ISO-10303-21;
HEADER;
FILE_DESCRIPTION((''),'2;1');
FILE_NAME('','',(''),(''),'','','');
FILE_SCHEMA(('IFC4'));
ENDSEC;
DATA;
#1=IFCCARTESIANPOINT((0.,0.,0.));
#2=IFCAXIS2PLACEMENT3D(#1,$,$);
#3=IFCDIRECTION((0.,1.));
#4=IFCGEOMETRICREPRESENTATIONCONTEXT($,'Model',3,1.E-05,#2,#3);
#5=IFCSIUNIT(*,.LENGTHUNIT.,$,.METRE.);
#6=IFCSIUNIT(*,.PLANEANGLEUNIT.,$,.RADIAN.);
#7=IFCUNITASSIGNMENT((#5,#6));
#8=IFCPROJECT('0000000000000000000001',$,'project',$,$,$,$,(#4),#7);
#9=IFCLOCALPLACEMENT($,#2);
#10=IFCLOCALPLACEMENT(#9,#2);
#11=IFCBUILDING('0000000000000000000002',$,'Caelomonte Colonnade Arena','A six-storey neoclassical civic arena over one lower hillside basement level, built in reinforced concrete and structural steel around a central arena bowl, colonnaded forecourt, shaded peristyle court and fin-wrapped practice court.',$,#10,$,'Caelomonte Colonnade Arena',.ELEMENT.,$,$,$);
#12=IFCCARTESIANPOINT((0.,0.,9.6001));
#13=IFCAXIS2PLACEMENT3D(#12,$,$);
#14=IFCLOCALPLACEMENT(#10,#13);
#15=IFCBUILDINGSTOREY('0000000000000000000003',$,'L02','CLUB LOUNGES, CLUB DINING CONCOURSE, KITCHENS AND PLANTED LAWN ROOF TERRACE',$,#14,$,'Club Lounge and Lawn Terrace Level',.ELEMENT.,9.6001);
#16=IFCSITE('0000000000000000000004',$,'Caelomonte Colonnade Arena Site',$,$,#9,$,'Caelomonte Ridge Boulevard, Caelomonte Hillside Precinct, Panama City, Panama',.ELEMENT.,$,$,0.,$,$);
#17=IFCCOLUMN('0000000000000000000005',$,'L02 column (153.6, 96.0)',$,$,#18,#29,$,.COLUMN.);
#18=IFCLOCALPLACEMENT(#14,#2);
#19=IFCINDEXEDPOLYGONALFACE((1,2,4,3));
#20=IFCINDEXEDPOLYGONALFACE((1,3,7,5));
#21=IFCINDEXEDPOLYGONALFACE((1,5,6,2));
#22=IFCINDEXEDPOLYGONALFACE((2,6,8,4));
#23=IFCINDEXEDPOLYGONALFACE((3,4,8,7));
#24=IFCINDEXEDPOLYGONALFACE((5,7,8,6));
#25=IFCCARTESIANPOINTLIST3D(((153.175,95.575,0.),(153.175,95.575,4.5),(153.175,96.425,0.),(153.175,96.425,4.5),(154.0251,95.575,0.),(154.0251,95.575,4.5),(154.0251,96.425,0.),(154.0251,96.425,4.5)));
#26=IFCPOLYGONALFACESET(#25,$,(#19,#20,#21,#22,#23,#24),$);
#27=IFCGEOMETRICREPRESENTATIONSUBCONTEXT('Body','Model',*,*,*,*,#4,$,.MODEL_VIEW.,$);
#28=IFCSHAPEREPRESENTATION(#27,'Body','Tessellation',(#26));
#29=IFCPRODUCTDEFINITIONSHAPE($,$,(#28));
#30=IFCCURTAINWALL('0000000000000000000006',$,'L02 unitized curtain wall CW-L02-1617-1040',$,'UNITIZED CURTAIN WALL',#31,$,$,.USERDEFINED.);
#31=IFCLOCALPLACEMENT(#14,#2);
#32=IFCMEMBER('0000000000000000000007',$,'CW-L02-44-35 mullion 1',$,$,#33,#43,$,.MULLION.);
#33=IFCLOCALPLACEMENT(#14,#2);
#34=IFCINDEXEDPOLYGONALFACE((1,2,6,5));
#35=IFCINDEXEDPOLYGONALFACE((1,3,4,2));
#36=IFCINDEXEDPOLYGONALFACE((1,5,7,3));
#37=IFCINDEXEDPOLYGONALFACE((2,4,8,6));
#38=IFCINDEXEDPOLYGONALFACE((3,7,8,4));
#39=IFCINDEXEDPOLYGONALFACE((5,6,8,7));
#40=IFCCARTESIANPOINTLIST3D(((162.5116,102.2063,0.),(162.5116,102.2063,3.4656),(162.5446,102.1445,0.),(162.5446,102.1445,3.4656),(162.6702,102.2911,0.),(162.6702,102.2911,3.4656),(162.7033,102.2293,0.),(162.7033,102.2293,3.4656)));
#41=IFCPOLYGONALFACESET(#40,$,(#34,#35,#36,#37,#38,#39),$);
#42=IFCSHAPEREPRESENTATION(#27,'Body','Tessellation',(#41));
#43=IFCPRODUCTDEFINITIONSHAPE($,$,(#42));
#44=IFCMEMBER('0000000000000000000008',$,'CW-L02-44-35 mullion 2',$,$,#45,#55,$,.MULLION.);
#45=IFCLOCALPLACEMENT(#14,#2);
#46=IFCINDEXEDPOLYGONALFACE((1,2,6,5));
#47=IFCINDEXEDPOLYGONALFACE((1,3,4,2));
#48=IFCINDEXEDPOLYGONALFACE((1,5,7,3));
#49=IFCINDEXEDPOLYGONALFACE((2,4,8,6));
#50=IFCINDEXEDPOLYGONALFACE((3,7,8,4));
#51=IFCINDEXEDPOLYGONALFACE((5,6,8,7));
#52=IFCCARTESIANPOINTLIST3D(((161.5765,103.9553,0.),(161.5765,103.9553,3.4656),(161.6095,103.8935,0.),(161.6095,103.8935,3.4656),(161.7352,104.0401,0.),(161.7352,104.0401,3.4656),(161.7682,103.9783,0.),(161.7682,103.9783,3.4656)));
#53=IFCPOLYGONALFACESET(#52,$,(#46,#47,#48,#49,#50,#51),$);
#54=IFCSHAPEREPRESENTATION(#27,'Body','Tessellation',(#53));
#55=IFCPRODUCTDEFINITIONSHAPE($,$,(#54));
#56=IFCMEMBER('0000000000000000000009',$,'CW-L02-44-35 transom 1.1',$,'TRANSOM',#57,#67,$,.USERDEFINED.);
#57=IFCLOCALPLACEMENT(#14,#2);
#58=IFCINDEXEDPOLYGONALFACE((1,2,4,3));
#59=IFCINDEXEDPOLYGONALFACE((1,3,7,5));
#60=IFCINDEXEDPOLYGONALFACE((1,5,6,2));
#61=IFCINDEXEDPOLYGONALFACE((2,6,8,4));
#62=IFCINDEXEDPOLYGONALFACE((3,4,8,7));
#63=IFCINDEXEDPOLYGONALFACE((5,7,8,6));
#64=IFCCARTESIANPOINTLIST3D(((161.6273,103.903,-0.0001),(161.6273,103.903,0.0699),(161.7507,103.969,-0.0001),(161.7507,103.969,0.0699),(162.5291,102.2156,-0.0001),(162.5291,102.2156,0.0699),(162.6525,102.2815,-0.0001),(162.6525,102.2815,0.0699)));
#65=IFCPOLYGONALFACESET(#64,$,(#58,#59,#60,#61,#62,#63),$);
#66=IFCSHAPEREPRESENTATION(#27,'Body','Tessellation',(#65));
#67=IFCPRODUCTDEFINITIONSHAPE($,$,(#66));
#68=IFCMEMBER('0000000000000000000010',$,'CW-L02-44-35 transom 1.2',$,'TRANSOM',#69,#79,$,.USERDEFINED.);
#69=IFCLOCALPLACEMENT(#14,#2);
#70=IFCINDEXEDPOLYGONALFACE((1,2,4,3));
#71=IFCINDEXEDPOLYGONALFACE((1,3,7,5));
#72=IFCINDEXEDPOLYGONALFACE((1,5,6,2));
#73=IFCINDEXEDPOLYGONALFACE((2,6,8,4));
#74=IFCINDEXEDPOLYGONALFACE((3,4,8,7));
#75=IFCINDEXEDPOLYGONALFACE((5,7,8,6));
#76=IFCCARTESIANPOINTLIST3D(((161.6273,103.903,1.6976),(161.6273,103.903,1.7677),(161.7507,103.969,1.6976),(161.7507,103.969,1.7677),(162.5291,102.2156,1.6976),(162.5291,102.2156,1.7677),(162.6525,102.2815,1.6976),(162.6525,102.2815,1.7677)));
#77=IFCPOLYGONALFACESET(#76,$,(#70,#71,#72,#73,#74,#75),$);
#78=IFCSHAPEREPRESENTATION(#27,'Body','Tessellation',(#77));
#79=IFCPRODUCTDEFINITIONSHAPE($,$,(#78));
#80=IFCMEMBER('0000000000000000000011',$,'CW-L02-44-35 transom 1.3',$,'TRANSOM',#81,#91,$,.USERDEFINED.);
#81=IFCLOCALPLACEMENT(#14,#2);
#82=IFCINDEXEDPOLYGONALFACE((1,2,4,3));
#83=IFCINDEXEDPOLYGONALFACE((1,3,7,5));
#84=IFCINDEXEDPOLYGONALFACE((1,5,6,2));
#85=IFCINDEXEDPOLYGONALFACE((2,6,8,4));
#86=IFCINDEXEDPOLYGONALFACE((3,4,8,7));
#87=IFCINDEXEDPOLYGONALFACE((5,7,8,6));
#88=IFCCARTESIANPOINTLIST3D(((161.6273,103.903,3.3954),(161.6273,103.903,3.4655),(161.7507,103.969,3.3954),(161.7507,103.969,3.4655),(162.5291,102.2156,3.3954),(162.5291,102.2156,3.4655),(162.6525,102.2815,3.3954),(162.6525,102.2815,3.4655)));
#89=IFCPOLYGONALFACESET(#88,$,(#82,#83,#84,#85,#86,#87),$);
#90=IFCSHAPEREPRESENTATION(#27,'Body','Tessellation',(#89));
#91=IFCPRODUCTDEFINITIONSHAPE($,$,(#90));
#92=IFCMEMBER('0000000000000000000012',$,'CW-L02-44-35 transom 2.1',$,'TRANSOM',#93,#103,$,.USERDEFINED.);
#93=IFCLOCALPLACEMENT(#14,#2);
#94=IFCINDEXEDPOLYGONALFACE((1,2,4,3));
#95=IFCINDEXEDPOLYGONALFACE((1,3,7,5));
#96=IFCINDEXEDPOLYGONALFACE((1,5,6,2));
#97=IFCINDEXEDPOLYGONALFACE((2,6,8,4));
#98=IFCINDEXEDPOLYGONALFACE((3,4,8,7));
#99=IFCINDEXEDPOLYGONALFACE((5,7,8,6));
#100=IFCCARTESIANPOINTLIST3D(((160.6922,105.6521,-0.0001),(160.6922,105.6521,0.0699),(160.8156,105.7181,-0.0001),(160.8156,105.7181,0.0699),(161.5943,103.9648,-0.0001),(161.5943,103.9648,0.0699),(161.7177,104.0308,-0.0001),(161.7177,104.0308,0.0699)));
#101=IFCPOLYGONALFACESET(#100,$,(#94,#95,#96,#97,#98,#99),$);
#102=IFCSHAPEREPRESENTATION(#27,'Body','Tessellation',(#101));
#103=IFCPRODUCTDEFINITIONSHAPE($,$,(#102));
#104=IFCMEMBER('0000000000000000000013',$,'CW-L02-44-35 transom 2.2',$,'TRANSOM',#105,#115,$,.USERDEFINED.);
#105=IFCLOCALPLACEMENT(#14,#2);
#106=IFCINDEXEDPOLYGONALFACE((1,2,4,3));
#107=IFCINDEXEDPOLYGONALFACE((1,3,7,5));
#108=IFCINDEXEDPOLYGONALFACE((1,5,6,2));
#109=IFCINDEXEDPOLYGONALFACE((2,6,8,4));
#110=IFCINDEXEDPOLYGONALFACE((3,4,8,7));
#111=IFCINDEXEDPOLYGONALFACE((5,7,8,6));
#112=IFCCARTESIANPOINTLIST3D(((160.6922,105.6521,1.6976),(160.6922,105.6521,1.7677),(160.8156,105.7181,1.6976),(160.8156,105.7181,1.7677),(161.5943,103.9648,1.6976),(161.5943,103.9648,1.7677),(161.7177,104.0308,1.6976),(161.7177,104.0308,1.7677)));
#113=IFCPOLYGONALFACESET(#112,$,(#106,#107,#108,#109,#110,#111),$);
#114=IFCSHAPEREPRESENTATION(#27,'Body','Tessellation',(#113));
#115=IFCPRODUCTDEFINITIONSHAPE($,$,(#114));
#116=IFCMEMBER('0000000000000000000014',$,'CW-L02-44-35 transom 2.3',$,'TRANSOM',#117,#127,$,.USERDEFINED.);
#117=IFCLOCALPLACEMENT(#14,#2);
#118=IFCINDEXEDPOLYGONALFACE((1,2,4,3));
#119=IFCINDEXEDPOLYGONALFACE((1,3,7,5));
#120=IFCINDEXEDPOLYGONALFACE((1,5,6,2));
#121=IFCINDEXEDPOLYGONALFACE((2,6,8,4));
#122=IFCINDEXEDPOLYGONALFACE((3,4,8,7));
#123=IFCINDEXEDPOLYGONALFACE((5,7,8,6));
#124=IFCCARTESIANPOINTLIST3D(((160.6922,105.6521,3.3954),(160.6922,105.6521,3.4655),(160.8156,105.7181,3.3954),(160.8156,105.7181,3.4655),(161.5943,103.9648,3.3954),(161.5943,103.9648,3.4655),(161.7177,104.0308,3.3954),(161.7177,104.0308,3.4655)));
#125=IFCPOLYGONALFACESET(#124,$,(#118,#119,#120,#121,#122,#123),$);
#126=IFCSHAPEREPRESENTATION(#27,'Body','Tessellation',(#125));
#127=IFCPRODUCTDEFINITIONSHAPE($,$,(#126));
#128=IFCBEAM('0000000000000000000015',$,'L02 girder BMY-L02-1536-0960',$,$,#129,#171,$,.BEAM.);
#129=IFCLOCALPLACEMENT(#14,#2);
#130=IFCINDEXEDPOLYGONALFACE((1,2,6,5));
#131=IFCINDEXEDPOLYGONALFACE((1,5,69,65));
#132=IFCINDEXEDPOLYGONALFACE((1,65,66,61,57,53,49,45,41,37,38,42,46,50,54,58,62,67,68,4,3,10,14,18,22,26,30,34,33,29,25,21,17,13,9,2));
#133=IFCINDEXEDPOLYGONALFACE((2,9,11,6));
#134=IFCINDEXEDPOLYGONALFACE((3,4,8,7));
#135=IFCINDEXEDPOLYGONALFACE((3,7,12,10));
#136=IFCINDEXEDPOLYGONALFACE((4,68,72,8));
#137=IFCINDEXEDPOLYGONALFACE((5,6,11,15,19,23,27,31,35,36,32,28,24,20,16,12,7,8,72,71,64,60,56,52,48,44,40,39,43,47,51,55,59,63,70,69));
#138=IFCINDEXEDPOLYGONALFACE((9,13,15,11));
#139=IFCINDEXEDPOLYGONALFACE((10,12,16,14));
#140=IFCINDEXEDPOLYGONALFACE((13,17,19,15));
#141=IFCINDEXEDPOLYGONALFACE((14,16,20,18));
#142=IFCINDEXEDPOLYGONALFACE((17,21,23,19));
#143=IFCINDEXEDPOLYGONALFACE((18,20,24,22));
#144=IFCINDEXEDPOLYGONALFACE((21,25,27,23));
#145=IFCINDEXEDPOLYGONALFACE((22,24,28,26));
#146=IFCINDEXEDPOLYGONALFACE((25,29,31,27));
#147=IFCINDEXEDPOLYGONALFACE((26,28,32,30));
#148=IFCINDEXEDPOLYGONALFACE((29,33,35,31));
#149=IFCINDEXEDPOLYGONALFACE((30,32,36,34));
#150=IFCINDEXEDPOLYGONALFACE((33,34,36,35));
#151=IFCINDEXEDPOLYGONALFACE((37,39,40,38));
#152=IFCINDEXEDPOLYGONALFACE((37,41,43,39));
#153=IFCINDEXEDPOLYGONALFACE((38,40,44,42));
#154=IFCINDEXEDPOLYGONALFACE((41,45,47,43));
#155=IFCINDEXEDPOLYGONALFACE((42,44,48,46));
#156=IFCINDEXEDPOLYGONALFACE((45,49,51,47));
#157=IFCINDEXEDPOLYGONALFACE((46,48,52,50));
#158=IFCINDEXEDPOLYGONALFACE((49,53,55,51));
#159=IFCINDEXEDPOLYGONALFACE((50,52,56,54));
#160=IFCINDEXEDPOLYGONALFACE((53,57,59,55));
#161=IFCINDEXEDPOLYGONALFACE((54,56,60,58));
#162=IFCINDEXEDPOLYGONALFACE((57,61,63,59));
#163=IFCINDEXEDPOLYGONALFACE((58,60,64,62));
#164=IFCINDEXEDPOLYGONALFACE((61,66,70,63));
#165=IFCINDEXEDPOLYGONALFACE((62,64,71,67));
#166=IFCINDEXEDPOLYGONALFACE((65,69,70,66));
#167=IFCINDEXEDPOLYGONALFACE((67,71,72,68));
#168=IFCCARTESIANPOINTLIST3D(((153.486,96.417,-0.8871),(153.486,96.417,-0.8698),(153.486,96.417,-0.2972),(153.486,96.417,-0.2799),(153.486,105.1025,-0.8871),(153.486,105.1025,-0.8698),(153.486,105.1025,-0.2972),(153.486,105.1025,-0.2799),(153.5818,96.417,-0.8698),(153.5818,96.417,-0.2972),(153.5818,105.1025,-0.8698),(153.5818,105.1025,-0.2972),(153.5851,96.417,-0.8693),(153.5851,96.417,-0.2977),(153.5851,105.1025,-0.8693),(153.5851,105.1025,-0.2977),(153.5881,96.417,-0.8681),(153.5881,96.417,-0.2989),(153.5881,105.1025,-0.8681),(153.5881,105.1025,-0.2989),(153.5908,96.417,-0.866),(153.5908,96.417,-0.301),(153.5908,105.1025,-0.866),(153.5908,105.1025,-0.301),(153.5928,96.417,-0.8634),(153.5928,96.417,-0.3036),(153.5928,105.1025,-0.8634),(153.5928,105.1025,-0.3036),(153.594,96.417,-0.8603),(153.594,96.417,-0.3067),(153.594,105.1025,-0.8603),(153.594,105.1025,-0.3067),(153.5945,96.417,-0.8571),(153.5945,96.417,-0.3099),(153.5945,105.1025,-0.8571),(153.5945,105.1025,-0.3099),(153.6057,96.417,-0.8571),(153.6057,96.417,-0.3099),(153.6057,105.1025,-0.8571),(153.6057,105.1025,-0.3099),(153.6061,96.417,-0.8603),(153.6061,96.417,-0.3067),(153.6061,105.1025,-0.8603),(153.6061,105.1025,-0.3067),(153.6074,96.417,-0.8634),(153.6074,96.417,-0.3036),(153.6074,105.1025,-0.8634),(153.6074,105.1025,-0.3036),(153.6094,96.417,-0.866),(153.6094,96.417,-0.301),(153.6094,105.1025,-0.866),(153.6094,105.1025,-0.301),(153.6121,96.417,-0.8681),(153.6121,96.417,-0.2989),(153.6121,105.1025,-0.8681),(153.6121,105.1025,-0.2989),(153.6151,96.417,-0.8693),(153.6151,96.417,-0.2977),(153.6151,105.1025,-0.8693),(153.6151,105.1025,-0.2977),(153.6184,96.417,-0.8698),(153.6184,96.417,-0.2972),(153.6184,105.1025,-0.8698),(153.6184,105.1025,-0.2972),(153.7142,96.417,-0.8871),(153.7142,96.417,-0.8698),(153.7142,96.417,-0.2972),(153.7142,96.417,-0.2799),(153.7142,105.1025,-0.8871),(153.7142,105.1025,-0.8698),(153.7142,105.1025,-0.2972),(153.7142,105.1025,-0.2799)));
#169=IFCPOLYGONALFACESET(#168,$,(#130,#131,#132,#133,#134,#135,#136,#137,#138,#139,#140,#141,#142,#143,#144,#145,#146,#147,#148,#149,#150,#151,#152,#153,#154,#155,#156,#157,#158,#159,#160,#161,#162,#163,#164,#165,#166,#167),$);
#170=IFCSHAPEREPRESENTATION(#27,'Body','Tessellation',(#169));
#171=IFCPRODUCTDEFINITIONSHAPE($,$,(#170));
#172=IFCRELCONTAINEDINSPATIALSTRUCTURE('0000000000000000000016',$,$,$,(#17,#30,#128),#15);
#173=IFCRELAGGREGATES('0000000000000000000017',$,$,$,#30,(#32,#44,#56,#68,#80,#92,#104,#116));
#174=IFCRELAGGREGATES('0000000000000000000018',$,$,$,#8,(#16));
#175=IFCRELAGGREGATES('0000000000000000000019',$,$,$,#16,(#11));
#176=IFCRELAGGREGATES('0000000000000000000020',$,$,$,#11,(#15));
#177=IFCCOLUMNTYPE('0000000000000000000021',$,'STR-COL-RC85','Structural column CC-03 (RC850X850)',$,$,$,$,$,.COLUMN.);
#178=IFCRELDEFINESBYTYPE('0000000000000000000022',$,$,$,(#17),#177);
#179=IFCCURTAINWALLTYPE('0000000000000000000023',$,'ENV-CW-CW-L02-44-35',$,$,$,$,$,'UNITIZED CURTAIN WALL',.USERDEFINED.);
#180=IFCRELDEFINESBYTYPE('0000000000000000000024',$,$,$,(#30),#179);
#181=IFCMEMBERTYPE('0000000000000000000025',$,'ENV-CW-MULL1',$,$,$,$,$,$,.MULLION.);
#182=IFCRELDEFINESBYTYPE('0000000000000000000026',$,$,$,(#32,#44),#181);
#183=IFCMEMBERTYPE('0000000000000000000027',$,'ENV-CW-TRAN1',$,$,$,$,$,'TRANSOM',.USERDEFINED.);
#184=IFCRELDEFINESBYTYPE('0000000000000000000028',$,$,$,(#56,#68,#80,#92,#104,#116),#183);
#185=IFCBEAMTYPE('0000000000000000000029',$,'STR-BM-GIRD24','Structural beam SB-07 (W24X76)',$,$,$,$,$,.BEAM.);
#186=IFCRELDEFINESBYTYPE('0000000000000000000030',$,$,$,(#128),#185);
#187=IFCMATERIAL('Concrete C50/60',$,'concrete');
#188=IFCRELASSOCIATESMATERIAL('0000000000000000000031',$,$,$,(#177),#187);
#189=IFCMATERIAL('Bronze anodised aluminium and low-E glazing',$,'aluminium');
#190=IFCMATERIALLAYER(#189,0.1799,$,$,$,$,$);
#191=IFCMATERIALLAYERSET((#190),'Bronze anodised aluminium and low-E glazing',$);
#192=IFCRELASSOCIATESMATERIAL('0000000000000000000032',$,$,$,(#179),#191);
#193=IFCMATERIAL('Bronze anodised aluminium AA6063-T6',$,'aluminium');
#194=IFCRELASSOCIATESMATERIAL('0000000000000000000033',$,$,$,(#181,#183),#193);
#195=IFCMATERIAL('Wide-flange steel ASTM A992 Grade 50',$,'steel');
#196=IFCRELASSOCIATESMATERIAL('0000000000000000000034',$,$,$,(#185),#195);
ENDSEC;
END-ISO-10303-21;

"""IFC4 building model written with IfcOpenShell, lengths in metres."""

from ifc_helpers import new_model, si_unit, direction, frame, origin, origin_2d, place, context, subcontext, project, spatial, rectangle, i_section, extrude, material, layer, layer_set, material_profile, profile_set, type_object, element, aggregate, save


model = new_model("IFC4")

# Units and contexts
model_context = context("Model", 3, precision=1e-05, world=origin(), true_north=direction((0.0, 1.0)))
body_context = subcontext(model_context, "Body", "Model", "MODEL_VIEW")
ifc_project = project(units=[si_unit("LENGTHUNIT", "METRE"), si_unit("PLANEANGLEUNIT", "RADIAN")], contexts=[model_context])

# Site, building, storey
site_placement = place(None, origin())
site = spatial("IfcSite", under=ifc_project, at=site_placement, Name="Caelomonte Colonnade Arena Site", LongName="Caelomonte Ridge Boulevard, Caelomonte Hillside Precinct, Panama City, Panama", CompositionType="ELEMENT", RefElevation=0.0)
building_placement = place(site_placement, origin())
building = spatial("IfcBuilding", under=site, at=building_placement, Name="Caelomonte Colonnade Arena", Description="A six-storey neoclassical civic arena over one lower hillside basement level, built in reinforced concrete and structural steel around a central arena bowl, colonnaded forecourt, shaded peristyle court and fin-wrapped practice court.", LongName="Caelomonte Colonnade Arena", CompositionType="ELEMENT")
storey_placement = place(building_placement, frame((0.0, 0.0, 9.6001)))
storey = spatial("IfcBuildingStorey", under=building, at=storey_placement, Name="L02", Description="CLUB LOUNGES, CLUB DINING CONCOURSE, KITCHENS AND PLANTED LAWN ROOF TERRACE", LongName="Club Lounge and Lawn Terrace Level", CompositionType="ELEMENT", Elevation=9.6001)

# Column
ifc_material_1 = material(Name="Concrete C50/60", Category="concrete")
ifc_material_profile_1 = material_profile(ifc_material_1, rectangle(XDim=0.8501, YDim=0.8501, at=origin_2d()), Name="RC850X850")
ifc_profile_set_1 = profile_set([ifc_material_profile_1], Name="Concrete C50/60")
column_type = type_object("IfcColumnType", Name="STR-COL-RC85", Description="Structural column CC-03 (RC850X850)", PredefinedType="COLUMN", material=ifc_profile_set_1)
column_placement = place(storey_placement, frame((153.6001, 96.0, 0.0), z_axis=(0.0, 0.0, 1.0), x_axis=(1.0, 0.0, 0.0)))
element("IfcColumn", 1, at=column_placement, inside=storey, type_object=column_type, Name="L02 column (153.6, 96.0)", PredefinedType="COLUMN", context=body_context, shape_type="SweptSolid", body=[
    extrude(rectangle(XDim=0.8501, YDim=0.8501, at=origin_2d()), origin(), (0.0, 0.0, 1.0), 4.5),
])

# Curtain wall, members
ifc_material_2 = material(Name="Bronze anodised aluminium and low-E glazing", Category="aluminium")
ifc_layer_1 = layer(ifc_material_2, 0.1799)
ifc_layer_set_1 = layer_set([ifc_layer_1], Name="Bronze anodised aluminium and low-E glazing")
curtain_wall_type = type_object("IfcCurtainWallType", Name="ENV-CW-CW-L02-44-35", ElementType="UNITIZED CURTAIN WALL", PredefinedType="USERDEFINED", material=ifc_layer_set_1)
curtain_wall_placement = place(storey_placement, origin())
curtain_wall = element("IfcCurtainWall", 2, at=curtain_wall_placement, inside=storey, type_object=curtain_wall_type, Name="L02 unitized curtain wall CW-L02-1617-1040", ObjectType="UNITIZED CURTAIN WALL", PredefinedType="USERDEFINED")
ifc_material_3 = material(Name="Bronze anodised aluminium AA6063-T6", Category="aluminium")
ifc_material_profile_2 = material_profile(ifc_material_3, rectangle(XDim=0.0701, YDim=0.1799, at=origin_2d()), Name="CWM-70X180")
ifc_profile_set_2 = profile_set([ifc_material_profile_2], Name="Bronze anodised aluminium AA6063-T6")
member_type_1 = type_object("IfcMemberType", Name="ENV-CW-MULL1", PredefinedType="MULLION", material=ifc_profile_set_2)
member_1_placement = place(storey_placement, frame((162.6074, 102.2178, 0.0), z_axis=(0.0, 0.0, 1.0), x_axis=(-0.471394, 0.881923, 0.0)))
member_1 = element("IfcMember", 3, at=member_1_placement, type_object=member_type_1, Name="CW-L02-44-35 mullion 1", PredefinedType="MULLION", context=body_context, shape_type="SweptSolid", body=[
    extrude(rectangle(XDim=0.0701, YDim=0.1799, at=origin_2d()), origin(), (0.0, 0.0, 1.0), 3.4656),
])
member_2_placement = place(storey_placement, frame((161.6724, 103.9668, 0.0), z_axis=(0.0, 0.0, 1.0), x_axis=(-0.471394, 0.881923, 0.0)))
member_2 = element("IfcMember", 4, at=member_2_placement, type_object=member_type_1, Name="CW-L02-44-35 mullion 2", PredefinedType="MULLION", context=body_context, shape_type="SweptSolid", body=[
    extrude(rectangle(XDim=0.0701, YDim=0.1799, at=origin_2d()), origin(), (0.0, 0.0, 1.0), 3.4656),
])
ifc_material_profile_3 = material_profile(ifc_material_3, rectangle(XDim=0.0701, YDim=0.1399, at=origin_2d()), Name="CWT-70X140")
ifc_profile_set_3 = profile_set([ifc_material_profile_3], Name="Bronze anodised aluminium AA6063-T6")
member_type_2 = type_object("IfcMemberType", Name="ENV-CW-TRAN1", ElementType="TRANSOM", PredefinedType="USERDEFINED", material=ifc_profile_set_3)
member_3_placement = place(storey_placement, frame((162.5908, 102.2485, 0.0349), z_axis=(-0.471343, 0.88195, 0.0), x_axis=(0.0, 0.0, 1.0)))
member_3 = element("IfcMember", 5, at=member_3_placement, type_object=member_type_2, Name="CW-L02-44-35 transom 1.1", ObjectType="TRANSOM", PredefinedType="USERDEFINED", context=body_context, shape_type="SweptSolid", body=[
    extrude(rectangle(XDim=0.0701, YDim=0.1399, at=origin_2d()), origin(), (0.0, 0.0, 1.0), 1.9133),
])
member_4_placement = place(storey_placement, frame((162.5908, 102.2485, 1.7327), z_axis=(-0.471343, 0.88195, 0.0), x_axis=(0.0, 0.0, 1.0)))
member_4 = element("IfcMember", 6, at=member_4_placement, type_object=member_type_2, Name="CW-L02-44-35 transom 1.2", ObjectType="TRANSOM", PredefinedType="USERDEFINED", context=body_context, shape_type="SweptSolid", body=[
    extrude(rectangle(XDim=0.0701, YDim=0.1399, at=origin_2d()), origin(), (0.0, 0.0, 1.0), 1.9133),
])
member_5_placement = place(storey_placement, frame((162.5908, 102.2485, 3.4304), z_axis=(-0.471343, 0.88195, 0.0), x_axis=(0.0, 0.0, 1.0)))
member_5 = element("IfcMember", 7, at=member_5_placement, type_object=member_type_2, Name="CW-L02-44-35 transom 1.3", ObjectType="TRANSOM", PredefinedType="USERDEFINED", context=body_context, shape_type="SweptSolid", body=[
    extrude(rectangle(XDim=0.0701, YDim=0.1399, at=origin_2d()), origin(), (0.0, 0.0, 1.0), 1.9133),
])
member_6_placement = place(storey_placement, frame((161.656, 103.9978, 0.0349), z_axis=(-0.471495, 0.881869, 0.0), x_axis=(0.0, 0.0, 1.0)))
member_6 = element("IfcMember", 8, at=member_6_placement, type_object=member_type_2, Name="CW-L02-44-35 transom 2.1", ObjectType="TRANSOM", PredefinedType="USERDEFINED", context=body_context, shape_type="SweptSolid", body=[
    extrude(rectangle(XDim=0.0701, YDim=0.1399, at=origin_2d()), origin(), (0.0, 0.0, 1.0), 1.9133),
])
member_7_placement = place(storey_placement, frame((161.656, 103.9978, 1.7327), z_axis=(-0.471495, 0.881869, 0.0), x_axis=(0.0, 0.0, 1.0)))
member_7 = element("IfcMember", 9, at=member_7_placement, type_object=member_type_2, Name="CW-L02-44-35 transom 2.2", ObjectType="TRANSOM", PredefinedType="USERDEFINED", context=body_context, shape_type="SweptSolid", body=[
    extrude(rectangle(XDim=0.0701, YDim=0.1399, at=origin_2d()), origin(), (0.0, 0.0, 1.0), 1.9133),
])
member_8_placement = place(storey_placement, frame((161.656, 103.9978, 3.4304), z_axis=(-0.471495, 0.881869, 0.0), x_axis=(0.0, 0.0, 1.0)))
member_8 = element("IfcMember", 10, at=member_8_placement, type_object=member_type_2, Name="CW-L02-44-35 transom 2.3", ObjectType="TRANSOM", PredefinedType="USERDEFINED", context=body_context, shape_type="SweptSolid", body=[
    extrude(rectangle(XDim=0.0701, YDim=0.1399, at=origin_2d()), origin(), (0.0, 0.0, 1.0), 1.9133),
])

# Beam
ifc_material_4 = material(Name="Wide-flange steel ASTM A992 Grade 50", Category="steel")
ifc_material_profile_4 = material_profile(ifc_material_4, i_section(OverallWidth=0.2283, OverallDepth=0.6072, WebThickness=0.0112, FlangeThickness=0.0173, FilletRadius=0.0127, at=origin_2d()), Name="W24X76")
ifc_profile_set_4 = profile_set([ifc_material_profile_4], Name="Wide-flange steel ASTM A992 Grade 50")
beam_type_1 = type_object("IfcBeamType", Name="STR-BM-GIRD24", Description="Structural beam SB-07 (W24X76)", PredefinedType="BEAM", material=ifc_profile_set_4)
beam_1_placement = place(storey_placement, frame((153.6001, 96.417, -0.5835), z_axis=(0.0, 1.0, 0.0), x_axis=(-1.0, 0.0, 0.0)))
element("IfcBeam", 11, at=beam_1_placement, inside=storey, type_object=beam_type_1, Name="L02 girder BMY-L02-1536-0960", PredefinedType="BEAM", context=body_context, shape_type="SweptSolid", body=[
    extrude(i_section(OverallWidth=0.2283, OverallDepth=0.6072, WebThickness=0.0112, FlangeThickness=0.0173, FilletRadius=0.0127, at=origin_2d()), origin(), (0.0, 0.0, 1.0), 8.6855),
])

aggregate(curtain_wall, [member_1, member_2, member_3, member_4, member_5, member_6, member_7, member_8])

save(model, "model.ifc")
